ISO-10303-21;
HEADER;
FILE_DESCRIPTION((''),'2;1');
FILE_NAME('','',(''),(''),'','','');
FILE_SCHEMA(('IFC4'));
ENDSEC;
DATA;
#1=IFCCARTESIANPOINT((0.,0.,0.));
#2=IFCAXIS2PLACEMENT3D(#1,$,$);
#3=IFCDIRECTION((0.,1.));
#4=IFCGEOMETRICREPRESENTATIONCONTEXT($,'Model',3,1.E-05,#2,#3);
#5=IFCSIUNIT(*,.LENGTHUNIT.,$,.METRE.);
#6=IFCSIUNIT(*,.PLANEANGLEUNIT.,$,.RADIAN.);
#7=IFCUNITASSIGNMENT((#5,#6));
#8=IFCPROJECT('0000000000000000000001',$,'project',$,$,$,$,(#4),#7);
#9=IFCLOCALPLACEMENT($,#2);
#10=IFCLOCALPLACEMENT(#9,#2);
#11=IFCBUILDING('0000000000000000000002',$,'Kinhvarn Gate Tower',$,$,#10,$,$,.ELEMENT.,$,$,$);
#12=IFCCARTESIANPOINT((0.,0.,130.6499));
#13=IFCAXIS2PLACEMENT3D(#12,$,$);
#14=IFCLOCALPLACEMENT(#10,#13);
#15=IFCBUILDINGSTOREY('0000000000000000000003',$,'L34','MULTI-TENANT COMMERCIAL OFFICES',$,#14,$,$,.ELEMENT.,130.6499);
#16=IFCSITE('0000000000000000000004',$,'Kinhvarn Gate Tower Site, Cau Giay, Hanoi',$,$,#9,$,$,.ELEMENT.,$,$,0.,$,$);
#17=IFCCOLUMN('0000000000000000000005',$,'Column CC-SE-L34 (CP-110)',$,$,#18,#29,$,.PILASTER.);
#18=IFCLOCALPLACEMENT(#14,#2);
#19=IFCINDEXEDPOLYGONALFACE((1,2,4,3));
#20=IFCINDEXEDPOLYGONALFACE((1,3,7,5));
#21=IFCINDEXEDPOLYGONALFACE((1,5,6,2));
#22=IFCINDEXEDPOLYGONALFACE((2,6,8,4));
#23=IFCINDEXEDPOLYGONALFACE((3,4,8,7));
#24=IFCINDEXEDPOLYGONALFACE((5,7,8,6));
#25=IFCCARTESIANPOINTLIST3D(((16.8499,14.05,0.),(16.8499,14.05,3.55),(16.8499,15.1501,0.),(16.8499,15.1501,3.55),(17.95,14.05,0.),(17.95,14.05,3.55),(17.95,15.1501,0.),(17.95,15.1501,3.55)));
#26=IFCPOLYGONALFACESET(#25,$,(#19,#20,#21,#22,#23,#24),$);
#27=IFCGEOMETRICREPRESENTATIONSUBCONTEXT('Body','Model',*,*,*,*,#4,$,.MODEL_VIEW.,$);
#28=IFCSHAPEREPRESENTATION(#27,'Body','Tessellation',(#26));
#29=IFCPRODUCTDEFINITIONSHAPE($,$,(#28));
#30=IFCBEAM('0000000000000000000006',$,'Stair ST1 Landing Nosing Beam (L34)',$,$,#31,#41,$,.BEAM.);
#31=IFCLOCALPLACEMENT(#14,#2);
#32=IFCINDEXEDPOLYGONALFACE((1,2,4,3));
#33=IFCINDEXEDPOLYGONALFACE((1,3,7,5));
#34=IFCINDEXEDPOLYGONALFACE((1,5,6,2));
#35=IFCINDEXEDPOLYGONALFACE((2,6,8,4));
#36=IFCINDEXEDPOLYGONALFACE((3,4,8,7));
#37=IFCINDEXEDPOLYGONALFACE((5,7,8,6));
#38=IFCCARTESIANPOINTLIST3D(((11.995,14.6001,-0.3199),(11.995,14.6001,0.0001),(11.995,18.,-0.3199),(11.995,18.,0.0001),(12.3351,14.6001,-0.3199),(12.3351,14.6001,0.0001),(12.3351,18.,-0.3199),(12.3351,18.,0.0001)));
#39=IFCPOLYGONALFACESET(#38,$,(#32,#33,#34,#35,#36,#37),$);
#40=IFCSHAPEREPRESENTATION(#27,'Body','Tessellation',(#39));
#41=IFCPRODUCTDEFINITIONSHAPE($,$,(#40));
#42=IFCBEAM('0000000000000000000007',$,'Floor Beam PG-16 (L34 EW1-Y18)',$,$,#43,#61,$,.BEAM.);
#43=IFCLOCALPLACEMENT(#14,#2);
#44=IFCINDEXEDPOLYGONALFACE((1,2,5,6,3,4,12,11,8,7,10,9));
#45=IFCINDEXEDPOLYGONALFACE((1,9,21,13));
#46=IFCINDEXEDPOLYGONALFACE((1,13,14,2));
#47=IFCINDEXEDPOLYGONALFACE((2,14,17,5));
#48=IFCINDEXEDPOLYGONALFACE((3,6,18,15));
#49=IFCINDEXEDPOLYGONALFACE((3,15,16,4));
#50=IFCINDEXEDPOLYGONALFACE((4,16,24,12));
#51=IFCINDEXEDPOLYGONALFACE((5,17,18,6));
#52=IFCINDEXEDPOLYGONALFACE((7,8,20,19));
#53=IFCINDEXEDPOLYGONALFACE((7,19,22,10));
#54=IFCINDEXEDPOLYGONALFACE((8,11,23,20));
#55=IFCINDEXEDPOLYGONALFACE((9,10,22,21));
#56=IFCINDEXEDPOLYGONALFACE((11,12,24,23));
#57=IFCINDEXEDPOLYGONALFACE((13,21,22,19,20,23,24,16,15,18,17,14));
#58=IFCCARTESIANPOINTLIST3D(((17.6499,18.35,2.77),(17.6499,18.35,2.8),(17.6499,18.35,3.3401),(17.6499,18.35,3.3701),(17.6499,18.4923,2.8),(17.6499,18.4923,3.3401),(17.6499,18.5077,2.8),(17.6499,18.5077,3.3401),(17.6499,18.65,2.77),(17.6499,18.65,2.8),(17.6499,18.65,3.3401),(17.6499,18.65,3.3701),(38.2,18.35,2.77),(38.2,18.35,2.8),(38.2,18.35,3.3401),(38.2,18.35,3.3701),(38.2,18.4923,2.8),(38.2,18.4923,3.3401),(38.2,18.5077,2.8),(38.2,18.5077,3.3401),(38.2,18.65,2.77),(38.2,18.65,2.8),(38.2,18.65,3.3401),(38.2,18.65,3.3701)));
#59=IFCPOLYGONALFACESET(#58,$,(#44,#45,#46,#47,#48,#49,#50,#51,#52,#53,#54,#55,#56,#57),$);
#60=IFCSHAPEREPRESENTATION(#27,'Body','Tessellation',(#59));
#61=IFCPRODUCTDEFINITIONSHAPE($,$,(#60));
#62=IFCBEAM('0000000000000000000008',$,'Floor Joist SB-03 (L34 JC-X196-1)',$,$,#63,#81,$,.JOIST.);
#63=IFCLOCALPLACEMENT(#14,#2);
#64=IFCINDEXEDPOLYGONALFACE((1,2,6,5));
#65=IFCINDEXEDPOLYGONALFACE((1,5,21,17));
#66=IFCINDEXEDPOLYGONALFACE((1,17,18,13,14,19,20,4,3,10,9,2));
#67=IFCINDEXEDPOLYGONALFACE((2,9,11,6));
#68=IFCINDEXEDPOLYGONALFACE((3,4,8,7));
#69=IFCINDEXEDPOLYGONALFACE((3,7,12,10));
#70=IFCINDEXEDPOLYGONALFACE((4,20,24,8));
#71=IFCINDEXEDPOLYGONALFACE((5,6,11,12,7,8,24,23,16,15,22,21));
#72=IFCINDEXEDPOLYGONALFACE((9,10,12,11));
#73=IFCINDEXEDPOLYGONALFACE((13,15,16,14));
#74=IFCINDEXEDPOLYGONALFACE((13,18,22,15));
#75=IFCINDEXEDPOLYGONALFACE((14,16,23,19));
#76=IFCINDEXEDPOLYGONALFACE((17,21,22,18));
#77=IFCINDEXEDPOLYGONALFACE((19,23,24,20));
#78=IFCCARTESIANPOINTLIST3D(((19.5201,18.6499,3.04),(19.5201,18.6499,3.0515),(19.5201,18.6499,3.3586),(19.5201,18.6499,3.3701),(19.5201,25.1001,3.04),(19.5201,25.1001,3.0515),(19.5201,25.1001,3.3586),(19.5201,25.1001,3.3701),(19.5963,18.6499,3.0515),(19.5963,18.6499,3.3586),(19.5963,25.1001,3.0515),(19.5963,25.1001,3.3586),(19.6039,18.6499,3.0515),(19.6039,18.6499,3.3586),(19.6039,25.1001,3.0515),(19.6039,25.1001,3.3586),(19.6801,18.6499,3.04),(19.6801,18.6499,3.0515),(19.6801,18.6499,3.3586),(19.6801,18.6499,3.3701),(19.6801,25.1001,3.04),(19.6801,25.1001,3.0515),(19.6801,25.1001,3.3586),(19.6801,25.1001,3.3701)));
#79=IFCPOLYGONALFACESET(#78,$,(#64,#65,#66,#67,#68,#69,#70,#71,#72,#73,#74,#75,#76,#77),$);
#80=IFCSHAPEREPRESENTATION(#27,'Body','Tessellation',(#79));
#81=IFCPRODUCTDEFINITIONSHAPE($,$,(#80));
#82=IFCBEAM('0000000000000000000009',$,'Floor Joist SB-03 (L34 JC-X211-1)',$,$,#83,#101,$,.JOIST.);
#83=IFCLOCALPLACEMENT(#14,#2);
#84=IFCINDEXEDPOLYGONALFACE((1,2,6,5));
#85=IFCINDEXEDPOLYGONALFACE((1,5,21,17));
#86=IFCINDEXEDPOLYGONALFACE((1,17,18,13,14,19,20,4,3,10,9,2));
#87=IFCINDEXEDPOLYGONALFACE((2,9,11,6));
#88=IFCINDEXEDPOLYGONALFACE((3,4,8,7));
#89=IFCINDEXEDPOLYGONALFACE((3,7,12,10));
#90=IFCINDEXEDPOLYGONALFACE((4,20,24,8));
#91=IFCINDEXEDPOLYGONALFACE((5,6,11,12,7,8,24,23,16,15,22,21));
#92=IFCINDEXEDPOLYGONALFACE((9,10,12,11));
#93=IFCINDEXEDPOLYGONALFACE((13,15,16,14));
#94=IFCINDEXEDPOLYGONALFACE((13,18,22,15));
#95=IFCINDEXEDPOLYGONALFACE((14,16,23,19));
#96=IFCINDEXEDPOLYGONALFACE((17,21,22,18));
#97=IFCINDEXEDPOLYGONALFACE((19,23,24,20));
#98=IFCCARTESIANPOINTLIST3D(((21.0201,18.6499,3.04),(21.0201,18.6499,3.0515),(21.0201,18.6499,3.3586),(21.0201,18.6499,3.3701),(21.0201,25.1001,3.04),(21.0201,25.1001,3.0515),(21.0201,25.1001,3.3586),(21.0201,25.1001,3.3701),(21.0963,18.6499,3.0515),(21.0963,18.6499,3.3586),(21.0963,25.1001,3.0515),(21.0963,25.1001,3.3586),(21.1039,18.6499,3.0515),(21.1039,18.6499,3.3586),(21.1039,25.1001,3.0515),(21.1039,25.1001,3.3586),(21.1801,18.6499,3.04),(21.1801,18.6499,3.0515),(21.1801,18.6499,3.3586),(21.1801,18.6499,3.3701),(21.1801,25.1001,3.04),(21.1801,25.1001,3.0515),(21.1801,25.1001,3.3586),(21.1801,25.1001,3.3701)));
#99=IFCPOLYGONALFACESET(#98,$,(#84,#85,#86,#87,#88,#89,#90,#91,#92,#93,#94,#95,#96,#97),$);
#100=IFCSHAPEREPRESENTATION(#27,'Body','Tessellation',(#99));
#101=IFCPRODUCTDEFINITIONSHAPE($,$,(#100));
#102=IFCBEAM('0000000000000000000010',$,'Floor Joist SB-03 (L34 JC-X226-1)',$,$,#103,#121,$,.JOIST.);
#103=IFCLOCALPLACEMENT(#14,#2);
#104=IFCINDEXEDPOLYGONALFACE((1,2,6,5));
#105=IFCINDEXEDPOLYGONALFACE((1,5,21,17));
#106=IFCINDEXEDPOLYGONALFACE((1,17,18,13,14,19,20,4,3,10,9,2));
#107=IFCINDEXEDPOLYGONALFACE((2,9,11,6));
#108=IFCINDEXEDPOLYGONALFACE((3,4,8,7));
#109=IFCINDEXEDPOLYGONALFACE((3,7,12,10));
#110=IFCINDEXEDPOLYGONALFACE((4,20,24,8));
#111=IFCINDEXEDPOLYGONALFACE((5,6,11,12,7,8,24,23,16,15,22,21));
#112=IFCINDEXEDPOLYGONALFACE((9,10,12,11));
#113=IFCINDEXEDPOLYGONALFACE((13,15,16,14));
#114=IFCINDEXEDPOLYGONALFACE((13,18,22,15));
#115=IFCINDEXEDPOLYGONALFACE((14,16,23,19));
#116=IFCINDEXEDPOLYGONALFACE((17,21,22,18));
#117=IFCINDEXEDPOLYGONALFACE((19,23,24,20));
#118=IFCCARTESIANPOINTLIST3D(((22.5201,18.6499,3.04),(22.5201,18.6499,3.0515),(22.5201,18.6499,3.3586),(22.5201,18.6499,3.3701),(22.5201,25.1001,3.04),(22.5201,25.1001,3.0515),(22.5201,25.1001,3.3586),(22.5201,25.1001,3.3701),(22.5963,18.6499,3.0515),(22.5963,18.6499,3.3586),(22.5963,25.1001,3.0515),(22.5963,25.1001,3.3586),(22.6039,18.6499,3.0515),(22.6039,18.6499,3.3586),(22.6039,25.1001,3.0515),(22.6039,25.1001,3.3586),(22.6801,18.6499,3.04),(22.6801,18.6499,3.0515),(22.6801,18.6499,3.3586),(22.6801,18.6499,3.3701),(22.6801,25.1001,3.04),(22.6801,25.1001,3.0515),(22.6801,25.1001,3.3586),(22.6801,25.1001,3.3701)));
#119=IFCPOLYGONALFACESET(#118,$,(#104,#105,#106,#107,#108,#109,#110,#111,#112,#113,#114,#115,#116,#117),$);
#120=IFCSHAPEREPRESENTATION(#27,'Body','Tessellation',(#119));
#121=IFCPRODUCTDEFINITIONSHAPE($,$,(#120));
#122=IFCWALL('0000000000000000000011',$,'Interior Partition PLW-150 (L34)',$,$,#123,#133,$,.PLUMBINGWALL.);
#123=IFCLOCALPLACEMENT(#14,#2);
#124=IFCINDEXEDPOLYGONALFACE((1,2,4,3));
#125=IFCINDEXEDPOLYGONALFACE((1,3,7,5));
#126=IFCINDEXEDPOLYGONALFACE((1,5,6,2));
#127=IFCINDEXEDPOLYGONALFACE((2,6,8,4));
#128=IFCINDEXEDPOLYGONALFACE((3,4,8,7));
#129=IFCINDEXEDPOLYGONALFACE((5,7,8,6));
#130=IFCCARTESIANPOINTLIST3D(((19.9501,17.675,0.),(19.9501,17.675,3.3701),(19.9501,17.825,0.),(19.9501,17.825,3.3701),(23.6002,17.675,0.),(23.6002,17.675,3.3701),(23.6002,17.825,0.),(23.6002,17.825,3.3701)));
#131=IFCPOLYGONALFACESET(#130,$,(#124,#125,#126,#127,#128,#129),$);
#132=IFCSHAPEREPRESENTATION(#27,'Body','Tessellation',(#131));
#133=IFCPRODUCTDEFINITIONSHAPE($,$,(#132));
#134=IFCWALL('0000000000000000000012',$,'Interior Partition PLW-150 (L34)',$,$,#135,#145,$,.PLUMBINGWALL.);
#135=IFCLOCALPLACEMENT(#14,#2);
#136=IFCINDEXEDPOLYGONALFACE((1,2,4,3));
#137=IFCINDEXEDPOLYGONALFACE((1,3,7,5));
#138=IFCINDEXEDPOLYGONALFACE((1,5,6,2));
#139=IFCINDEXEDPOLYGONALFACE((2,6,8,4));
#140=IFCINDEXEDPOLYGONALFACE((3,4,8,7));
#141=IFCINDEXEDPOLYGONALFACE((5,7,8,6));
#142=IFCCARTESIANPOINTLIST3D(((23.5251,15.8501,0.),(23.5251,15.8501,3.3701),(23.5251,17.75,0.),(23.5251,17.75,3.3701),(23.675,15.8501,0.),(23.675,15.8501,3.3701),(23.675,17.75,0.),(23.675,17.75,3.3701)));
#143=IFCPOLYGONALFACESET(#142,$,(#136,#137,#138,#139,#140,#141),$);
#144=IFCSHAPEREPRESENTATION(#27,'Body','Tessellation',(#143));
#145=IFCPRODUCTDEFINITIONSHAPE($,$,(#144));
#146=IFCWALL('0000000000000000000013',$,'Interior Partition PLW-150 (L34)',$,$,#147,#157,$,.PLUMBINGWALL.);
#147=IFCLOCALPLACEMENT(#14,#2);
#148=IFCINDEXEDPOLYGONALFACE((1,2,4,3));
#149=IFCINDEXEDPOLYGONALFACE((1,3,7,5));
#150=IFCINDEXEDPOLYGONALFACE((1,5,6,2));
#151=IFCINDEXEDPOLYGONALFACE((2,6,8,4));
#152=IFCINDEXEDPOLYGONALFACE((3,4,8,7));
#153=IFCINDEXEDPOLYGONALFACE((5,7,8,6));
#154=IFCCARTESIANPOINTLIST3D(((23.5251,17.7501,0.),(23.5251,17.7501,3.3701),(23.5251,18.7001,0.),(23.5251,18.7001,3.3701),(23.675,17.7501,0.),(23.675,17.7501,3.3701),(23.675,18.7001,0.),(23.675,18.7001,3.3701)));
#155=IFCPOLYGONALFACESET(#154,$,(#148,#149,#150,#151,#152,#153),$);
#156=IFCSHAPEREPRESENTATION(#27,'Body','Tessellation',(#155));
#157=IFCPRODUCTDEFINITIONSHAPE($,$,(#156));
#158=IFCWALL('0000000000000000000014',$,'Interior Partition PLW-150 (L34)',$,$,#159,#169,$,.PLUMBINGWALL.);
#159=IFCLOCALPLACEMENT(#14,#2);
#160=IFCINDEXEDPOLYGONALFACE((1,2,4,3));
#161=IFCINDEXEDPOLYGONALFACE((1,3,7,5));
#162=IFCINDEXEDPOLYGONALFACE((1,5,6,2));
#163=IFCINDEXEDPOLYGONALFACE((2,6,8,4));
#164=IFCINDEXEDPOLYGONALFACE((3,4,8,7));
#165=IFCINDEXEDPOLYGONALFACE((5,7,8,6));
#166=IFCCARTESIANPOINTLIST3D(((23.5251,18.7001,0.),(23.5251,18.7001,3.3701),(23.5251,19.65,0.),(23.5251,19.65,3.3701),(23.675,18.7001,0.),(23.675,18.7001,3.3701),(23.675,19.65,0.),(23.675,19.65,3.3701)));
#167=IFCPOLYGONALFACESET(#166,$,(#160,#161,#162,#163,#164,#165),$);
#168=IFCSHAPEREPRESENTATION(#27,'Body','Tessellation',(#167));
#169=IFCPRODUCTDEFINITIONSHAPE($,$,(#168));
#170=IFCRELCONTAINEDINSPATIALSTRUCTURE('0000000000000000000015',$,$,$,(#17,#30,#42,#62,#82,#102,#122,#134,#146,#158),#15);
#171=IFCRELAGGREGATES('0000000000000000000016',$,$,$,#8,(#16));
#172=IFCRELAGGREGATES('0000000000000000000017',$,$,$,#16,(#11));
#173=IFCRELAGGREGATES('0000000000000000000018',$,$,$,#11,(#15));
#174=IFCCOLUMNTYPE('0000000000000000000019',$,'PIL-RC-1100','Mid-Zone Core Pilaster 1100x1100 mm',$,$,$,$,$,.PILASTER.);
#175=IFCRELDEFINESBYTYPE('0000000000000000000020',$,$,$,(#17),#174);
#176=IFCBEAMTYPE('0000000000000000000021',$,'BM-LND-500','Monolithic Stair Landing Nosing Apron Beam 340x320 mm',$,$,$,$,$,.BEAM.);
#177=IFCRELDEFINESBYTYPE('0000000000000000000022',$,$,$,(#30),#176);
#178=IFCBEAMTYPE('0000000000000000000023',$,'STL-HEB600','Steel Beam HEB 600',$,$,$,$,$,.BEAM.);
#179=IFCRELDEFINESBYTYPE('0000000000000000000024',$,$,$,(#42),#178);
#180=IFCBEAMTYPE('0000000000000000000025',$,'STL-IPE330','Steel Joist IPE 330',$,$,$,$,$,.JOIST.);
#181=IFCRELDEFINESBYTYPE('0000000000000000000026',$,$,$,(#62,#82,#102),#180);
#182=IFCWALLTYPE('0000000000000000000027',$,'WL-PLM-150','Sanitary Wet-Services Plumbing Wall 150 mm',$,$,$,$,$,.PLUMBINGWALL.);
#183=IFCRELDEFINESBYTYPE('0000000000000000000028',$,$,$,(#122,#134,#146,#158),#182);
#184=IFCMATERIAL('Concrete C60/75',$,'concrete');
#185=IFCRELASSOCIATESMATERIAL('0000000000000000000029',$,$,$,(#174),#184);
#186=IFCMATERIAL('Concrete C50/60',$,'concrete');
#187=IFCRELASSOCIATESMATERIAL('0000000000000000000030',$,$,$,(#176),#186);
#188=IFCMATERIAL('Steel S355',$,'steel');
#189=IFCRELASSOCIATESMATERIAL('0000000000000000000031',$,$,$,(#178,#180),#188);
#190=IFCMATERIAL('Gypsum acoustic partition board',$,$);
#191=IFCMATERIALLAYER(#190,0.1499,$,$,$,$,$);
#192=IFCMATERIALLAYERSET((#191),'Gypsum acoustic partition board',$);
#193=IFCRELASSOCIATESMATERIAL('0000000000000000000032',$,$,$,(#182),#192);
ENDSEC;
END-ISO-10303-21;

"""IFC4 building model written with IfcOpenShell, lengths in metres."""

from ifc_helpers import new_model, si_unit, direction, frame, frame_2d, origin, origin_2d, place, context, subcontext, project, spatial, rectangle, i_section, extrude, material, layer, layer_set, material_profile, profile_set, type_object, element, save


model = new_model("IFC4")

# Units and contexts
model_context = context("Model", 3, precision=1e-05, world=origin(), true_north=direction((0.0, 1.0)))
body_context = subcontext(model_context, "Body", "Model", "MODEL_VIEW")
ifc_project = project(units=[si_unit("LENGTHUNIT", "METRE"), si_unit("PLANEANGLEUNIT", "RADIAN")], contexts=[model_context])

# Site, building, storey
site_placement = place(None, origin())
site = spatial("IfcSite", under=ifc_project, at=site_placement, Name="Kinhvarn Gate Tower Site, Cau Giay, Hanoi", CompositionType="ELEMENT", RefElevation=0.0)
building_placement = place(site_placement, origin())
building = spatial("IfcBuilding", under=site, at=building_placement, Name="Kinhvarn Gate Tower", CompositionType="ELEMENT")
storey_placement = place(building_placement, frame((0.0, 0.0, 130.6499)))
storey = spatial("IfcBuildingStorey", under=building, at=storey_placement, Name="L34", Description="MULTI-TENANT COMMERCIAL OFFICES", CompositionType="ELEMENT", Elevation=130.6499)

# Column
ifc_material_1 = material(Name="Concrete C60/75", Category="concrete")
ifc_material_profile_1 = material_profile(ifc_material_1, rectangle(XDim=1.1001, YDim=1.1001, at=origin_2d()), Name="RC 1100x1100")
ifc_profile_set_1 = profile_set([ifc_material_profile_1], Name="Concrete C60/75")
column_type = type_object("IfcColumnType", Name="PIL-RC-1100", Description="Mid-Zone Core Pilaster 1100x1100 mm", PredefinedType="PILASTER", material=ifc_profile_set_1)
column_placement = place(storey_placement, frame((17.3999, 14.6001, 0.0), z_axis=(0.0, 0.0, 1.0), x_axis=(1.0, 0.0, 0.0)))
element("IfcColumn", 1, at=column_placement, inside=storey, type_object=column_type, Name="Column CC-SE-L34 (CP-110)", PredefinedType="PILASTER", context=body_context, shape_type="SweptSolid", body=[
    extrude(rectangle(XDim=1.1001, YDim=1.1001, at=origin_2d()), origin(), (0.0, 0.0, 1.0), 3.55),
])

# Beams
ifc_material_2 = material(Name="Concrete C50/60", Category="concrete")
ifc_material_profile_2 = material_profile(ifc_material_2, rectangle(XDim=0.3401, YDim=0.3201, at=origin_2d()), Name="RC 340x320")
ifc_profile_set_2 = profile_set([ifc_material_profile_2], Name="Concrete C50/60")
beam_type_1 = type_object("IfcBeamType", Name="BM-LND-500", Description="Monolithic Stair Landing Nosing Apron Beam 340x320 mm", PredefinedType="BEAM", material=ifc_profile_set_2)
beam_1_placement = place(storey_placement, frame((12.165, 14.6001, -0.1599), z_axis=(0.0, 1.0, 0.0), x_axis=(-1.0, 0.0, 0.0)))
element("IfcBeam", 2, at=beam_1_placement, inside=storey, type_object=beam_type_1, Name="Stair ST1 Landing Nosing Beam (L34)", PredefinedType="BEAM", context=body_context, shape_type="SweptSolid", body=[
    extrude(rectangle(XDim=0.3401, YDim=0.3201, at=origin_2d()), origin(), (0.0, 0.0, 1.0), 3.3999),
])
ifc_material_3 = material(Name="Steel S355", Category="steel")
ifc_material_profile_3 = material_profile(ifc_material_3, i_section(OverallWidth=0.3, OverallDepth=0.6001, WebThickness=0.0154, FlangeThickness=0.03, at=origin_2d()), Name="HEB 600")
ifc_profile_set_3 = profile_set([ifc_material_profile_3], Name="Steel S355")
beam_type_2 = type_object("IfcBeamType", Name="STL-HEB600", Description="Steel Beam HEB 600", PredefinedType="BEAM", material=ifc_profile_set_3)
beam_2_placement = place(storey_placement, frame((17.6499, 18.5, 3.0701), z_axis=(1.0, 0.0, 0.0), x_axis=(0.0, 1.0, 0.0)))
element("IfcBeam", 3, at=beam_2_placement, inside=storey, type_object=beam_type_2, Name="Floor Beam PG-16 (L34 EW1-Y18)", PredefinedType="BEAM", context=body_context, shape_type="SweptSolid", body=[
    extrude(i_section(OverallWidth=0.3, OverallDepth=0.6001, WebThickness=0.0154, FlangeThickness=0.03, at=origin_2d()), origin(), (0.0, 0.0, 1.0), 20.55),
])
ifc_material_profile_4 = material_profile(ifc_material_3, i_section(OverallWidth=0.1599, OverallDepth=0.3301, WebThickness=0.0076, FlangeThickness=0.0115, at=origin_2d()), Name="IPE 330")
ifc_profile_set_4 = profile_set([ifc_material_profile_4], Name="Steel S355")
beam_type_3 = type_object("IfcBeamType", Name="STL-IPE330", Description="Steel Joist IPE 330", PredefinedType="JOIST", material=ifc_profile_set_4)
for number, where, z_axis, x_axis, name in (
    (4, (19.6001, 18.6499, 3.2051), (0.0, 1.0, 0.0), (-1.0, 0.0, 0.0), "Floor Joist SB-03 (L34 JC-X196-1)"),
    (5, (21.1001, 18.6499, 3.2051), (0.0, 1.0, 0.0), (-1.0, 0.0, 0.0), "Floor Joist SB-03 (L34 JC-X211-1)"),
    (6, (22.6001, 18.6499, 3.2051), (0.0, 1.0, 0.0), (-1.0, 0.0, 0.0), "Floor Joist SB-03 (L34 JC-X226-1)"),
):
    element("IfcBeam", number, at=place(storey_placement, frame(where, z_axis=z_axis, x_axis=x_axis)), inside=storey, type_object=beam_type_3, Name=name, PredefinedType="JOIST", context=body_context, shape_type="SweptSolid", body=[
        extrude(i_section(OverallWidth=0.1599, OverallDepth=0.3301, WebThickness=0.0076, FlangeThickness=0.0115, at=origin_2d()), origin(), (0.0, 0.0, 1.0), 6.4502),
    ])

# Walls
ifc_material_4 = material(Name="Gypsum acoustic partition board")
ifc_layer_1 = layer(ifc_material_4, 0.1499)
ifc_layer_set_1 = layer_set([ifc_layer_1], Name="Gypsum acoustic partition board")
wall_type_1 = type_object("IfcWallType", Name="WL-PLM-150", Description="Sanitary Wet-Services Plumbing Wall 150 mm", PredefinedType="PLUMBINGWALL", material=ifc_layer_set_1)
wall_1_placement = place(storey_placement, frame((19.95, 17.75, 0.0), z_axis=(0.0, 0.0, 1.0), x_axis=(1.0, 0.0, 0.0)))
element("IfcWall", 7, at=wall_1_placement, inside=storey, type_object=wall_type_1, Name="Interior Partition PLW-150 (L34)", PredefinedType="PLUMBINGWALL", context=body_context, shape_type="SweptSolid", body=[
    extrude(rectangle(XDim=3.6501, YDim=0.1499, at=frame_2d((1.8252, 0.0))), origin(), (0.0, 0.0, 1.0), 3.3701),
])
wall_2_placement = place(storey_placement, frame((23.6001, 15.8501, 0.0), z_axis=(0.0, 0.0, 1.0), x_axis=(0.0, 1.0, 0.0)))
element("IfcWall", 8, at=wall_2_placement, inside=storey, type_object=wall_type_1, Name="Interior Partition PLW-150 (L34)", PredefinedType="PLUMBINGWALL", context=body_context, shape_type="SweptSolid", body=[
    extrude(rectangle(XDim=1.8999, YDim=0.1499, at=frame_2d((0.95, 0.0))), origin(), (0.0, 0.0, 1.0), 3.3701),
])
for number, where, z_axis, x_axis, name in (
    (9, (23.6001, 17.75, 0.0), (0.0, 0.0, 1.0), (0.0, 1.0, 0.0), "Interior Partition PLW-150 (L34)"),
    (10, (23.6001, 18.7, 0.0), (0.0, 0.0, 1.0), (0.0, 1.0, 0.0), "Interior Partition PLW-150 (L34)"),
):
    element("IfcWall", number, at=place(storey_placement, frame(where, z_axis=z_axis, x_axis=x_axis)), inside=storey, type_object=wall_type_1, Name=name, PredefinedType="PLUMBINGWALL", context=body_context, shape_type="SweptSolid", body=[
        extrude(rectangle(XDim=0.95, YDim=0.1499, at=frame_2d((0.4751, 0.0))), origin(), (0.0, 0.0, 1.0), 3.3701),
    ])

save(model, "model.ifc")
